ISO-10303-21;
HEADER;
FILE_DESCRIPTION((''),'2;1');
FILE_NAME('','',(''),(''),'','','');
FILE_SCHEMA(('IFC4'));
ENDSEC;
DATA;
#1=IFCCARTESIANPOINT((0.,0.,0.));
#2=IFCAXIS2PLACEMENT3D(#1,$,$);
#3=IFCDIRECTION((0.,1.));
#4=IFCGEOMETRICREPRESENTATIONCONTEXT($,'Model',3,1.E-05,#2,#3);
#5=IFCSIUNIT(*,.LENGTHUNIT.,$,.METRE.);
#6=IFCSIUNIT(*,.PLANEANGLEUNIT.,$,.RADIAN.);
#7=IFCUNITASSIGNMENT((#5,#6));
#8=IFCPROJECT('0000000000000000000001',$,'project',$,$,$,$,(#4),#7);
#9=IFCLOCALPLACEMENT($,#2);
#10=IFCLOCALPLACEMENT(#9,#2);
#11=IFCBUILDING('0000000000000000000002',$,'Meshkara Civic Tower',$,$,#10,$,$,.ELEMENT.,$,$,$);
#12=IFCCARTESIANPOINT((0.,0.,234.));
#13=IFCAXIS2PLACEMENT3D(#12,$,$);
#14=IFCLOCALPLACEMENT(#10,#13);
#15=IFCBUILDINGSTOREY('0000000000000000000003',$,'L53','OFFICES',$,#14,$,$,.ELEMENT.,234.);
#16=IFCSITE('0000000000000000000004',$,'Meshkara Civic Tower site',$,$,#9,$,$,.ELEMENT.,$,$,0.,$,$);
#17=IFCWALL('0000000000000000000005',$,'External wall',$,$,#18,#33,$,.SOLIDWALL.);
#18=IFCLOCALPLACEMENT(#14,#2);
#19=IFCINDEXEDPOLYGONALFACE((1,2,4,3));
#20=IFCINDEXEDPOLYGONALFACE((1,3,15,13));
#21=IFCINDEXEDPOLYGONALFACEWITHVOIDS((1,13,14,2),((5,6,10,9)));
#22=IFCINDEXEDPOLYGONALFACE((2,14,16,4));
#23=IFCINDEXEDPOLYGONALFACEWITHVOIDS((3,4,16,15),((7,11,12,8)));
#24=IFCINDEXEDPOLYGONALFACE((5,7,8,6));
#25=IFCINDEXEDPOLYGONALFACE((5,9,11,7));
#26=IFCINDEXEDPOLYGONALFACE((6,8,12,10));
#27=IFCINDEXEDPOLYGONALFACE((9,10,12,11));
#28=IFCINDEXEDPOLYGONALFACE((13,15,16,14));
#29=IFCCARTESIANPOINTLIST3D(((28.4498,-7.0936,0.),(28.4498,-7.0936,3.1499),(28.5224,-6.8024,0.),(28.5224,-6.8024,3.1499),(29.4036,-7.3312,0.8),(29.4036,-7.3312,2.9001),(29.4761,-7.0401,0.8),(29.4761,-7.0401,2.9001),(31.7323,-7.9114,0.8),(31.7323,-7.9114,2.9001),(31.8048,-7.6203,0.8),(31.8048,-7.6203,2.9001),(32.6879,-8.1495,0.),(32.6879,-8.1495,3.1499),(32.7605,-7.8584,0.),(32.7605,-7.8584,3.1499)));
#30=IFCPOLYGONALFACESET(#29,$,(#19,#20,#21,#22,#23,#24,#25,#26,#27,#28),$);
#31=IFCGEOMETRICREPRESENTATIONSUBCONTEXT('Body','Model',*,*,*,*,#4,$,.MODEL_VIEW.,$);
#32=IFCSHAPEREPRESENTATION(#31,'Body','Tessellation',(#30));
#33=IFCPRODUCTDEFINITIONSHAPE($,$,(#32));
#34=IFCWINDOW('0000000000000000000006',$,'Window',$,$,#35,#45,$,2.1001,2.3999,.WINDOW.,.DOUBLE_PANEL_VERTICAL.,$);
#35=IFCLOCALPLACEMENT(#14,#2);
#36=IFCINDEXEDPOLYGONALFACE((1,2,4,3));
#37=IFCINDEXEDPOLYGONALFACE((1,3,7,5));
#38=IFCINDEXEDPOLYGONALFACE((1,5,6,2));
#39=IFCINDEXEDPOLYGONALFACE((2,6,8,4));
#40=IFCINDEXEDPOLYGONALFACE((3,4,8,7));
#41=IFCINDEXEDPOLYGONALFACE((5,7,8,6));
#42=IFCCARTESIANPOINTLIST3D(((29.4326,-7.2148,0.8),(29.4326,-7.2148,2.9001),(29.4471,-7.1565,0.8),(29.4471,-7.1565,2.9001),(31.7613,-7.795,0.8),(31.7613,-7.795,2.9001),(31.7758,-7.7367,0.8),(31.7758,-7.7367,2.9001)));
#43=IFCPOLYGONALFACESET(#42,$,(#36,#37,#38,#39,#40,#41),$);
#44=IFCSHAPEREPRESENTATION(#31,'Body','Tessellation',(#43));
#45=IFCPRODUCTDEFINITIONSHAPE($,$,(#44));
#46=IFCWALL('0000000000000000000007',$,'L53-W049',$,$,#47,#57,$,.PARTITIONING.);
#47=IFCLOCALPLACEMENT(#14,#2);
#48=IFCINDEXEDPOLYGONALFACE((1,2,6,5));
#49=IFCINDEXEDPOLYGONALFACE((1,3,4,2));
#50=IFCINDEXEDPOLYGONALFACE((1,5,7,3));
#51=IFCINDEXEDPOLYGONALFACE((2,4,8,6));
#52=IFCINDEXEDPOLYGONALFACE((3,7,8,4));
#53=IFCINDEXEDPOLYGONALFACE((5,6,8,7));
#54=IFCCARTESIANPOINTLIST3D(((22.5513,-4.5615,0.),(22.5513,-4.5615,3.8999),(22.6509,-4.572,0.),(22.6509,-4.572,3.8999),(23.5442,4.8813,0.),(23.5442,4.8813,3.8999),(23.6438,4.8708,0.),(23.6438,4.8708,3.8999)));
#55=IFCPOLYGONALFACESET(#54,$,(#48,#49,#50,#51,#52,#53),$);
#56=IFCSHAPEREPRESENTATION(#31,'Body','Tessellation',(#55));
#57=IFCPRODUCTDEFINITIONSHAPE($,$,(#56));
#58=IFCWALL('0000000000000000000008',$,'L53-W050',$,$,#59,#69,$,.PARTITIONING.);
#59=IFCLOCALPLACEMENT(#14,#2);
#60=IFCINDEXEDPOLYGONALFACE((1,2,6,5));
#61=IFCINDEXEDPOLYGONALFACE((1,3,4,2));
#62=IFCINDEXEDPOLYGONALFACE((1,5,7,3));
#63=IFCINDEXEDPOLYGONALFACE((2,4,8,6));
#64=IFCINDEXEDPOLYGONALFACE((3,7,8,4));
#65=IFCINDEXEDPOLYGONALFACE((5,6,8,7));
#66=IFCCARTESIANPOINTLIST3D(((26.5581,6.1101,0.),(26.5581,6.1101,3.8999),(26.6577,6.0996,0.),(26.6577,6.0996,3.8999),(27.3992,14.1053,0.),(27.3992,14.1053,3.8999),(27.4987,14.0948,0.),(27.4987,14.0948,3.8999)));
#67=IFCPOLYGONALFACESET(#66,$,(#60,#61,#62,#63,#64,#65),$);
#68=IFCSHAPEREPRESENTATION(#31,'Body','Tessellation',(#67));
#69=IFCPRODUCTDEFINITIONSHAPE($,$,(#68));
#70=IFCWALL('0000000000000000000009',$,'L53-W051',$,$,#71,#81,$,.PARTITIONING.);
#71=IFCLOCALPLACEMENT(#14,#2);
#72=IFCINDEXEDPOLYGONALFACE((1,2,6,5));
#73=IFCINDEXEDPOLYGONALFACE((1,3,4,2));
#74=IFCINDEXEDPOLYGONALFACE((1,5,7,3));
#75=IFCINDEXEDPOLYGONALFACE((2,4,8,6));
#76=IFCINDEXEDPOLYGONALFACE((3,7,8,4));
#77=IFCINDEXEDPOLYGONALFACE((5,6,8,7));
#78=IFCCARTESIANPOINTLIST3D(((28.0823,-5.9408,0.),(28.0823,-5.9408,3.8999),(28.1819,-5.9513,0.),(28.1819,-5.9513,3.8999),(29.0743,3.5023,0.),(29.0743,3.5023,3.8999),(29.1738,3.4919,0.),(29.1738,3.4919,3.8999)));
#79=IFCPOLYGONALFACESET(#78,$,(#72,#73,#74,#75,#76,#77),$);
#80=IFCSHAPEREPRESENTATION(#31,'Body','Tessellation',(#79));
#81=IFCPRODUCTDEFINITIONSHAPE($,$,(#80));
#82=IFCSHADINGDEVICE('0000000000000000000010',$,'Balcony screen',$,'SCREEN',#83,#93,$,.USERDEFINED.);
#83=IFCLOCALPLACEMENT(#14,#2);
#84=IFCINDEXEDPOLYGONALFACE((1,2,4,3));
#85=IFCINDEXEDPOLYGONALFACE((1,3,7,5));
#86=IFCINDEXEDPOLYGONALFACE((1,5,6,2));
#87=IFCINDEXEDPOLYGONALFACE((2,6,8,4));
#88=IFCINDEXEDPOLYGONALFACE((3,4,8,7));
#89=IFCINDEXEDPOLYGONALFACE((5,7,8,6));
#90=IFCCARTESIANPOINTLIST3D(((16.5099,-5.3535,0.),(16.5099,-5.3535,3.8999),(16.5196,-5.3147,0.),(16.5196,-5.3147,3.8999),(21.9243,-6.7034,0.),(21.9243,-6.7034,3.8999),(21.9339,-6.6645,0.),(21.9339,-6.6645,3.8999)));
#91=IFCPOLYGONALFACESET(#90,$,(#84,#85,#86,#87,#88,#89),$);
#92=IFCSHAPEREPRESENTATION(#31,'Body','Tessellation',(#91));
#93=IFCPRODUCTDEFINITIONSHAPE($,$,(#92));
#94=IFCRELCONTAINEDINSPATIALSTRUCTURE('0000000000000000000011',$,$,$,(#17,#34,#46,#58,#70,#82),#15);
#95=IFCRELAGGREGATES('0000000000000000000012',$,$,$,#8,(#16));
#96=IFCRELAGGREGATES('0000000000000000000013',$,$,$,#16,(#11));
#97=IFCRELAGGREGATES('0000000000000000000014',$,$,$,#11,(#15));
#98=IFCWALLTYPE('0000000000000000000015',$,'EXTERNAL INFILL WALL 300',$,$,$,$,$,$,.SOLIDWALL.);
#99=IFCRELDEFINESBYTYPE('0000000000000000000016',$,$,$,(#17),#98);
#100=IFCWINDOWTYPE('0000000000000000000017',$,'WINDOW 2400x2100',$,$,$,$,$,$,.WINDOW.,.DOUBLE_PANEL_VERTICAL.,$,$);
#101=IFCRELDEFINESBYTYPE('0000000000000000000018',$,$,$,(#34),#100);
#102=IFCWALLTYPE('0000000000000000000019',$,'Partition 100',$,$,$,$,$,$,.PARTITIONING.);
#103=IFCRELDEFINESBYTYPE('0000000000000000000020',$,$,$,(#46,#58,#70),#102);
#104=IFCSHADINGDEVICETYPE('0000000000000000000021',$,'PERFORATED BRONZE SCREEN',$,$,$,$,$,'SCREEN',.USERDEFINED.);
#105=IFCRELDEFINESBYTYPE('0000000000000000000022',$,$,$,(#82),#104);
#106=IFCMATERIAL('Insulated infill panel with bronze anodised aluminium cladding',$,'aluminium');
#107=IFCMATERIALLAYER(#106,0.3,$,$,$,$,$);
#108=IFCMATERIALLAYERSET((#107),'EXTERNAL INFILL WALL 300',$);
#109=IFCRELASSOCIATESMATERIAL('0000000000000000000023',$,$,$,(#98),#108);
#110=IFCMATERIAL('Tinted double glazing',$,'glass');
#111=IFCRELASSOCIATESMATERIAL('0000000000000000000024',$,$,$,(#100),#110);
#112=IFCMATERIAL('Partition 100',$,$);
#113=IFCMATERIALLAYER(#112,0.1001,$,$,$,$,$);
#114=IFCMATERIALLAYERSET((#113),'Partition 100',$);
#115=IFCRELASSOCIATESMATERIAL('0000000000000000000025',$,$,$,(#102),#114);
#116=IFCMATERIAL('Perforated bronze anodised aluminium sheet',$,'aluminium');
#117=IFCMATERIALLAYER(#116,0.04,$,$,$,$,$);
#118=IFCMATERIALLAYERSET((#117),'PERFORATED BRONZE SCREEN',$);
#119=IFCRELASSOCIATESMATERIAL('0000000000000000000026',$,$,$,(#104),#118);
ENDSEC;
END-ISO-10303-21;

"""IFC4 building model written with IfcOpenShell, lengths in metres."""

from ifc_helpers import new_model, si_unit, direction, frame, frame_2d, origin, origin_2d, place, context, subcontext, project, spatial, rectangle, extrude, material, layer, layer_set, type_object, element, fill, save


model = new_model("IFC4")

# Units and contexts
model_context = context("Model", 3, precision=1e-05, world=origin(), true_north=direction((0.0, 1.0)))
body_context = subcontext(model_context, "Body", "Model", "MODEL_VIEW")
ifc_project = project(units=[si_unit("LENGTHUNIT", "METRE"), si_unit("PLANEANGLEUNIT", "RADIAN")], contexts=[model_context])

# Site, building, storey
site_placement = place(None, origin())
site = spatial("IfcSite", under=ifc_project, at=site_placement, Name="Meshkara Civic Tower site", CompositionType="ELEMENT", RefElevation=0.0)
building_placement = place(site_placement, origin())
building = spatial("IfcBuilding", under=site, at=building_placement, Name="Meshkara Civic Tower", CompositionType="ELEMENT")
storey_placement = place(building_placement, frame((0.0, 0.0, 234.0)))
storey = spatial("IfcBuildingStorey", under=building, at=storey_placement, Name="L53", Description="OFFICES", CompositionType="ELEMENT", Elevation=234.0)

# Wall, opening, window
ifc_material_1 = material(Name="Insulated infill panel with bronze anodised aluminium cladding", Category="aluminium")
ifc_layer_1 = layer(ifc_material_1, 0.3)
ifc_layer_set_1 = layer_set([ifc_layer_1], Name="EXTERNAL INFILL WALL 300")
wall_type_1 = type_object("IfcWallType", Name="EXTERNAL INFILL WALL 300", PredefinedType="SOLIDWALL", material=ifc_layer_set_1)
ifc_material_2 = material(Name="Tinted double glazing", Category="glass")
window_type = type_object("IfcWindowType", Name="WINDOW 2400x2100", PartitioningType="DOUBLE_PANEL_VERTICAL", PredefinedType="WINDOW", material=ifc_material_2)
wall_1_placement = place(storey_placement, frame((28.4861, -6.948, 0.0), z_axis=(0.0, 0.0, 1.0), x_axis=(0.970336, -0.24176, 0.0)))
wall_1 = element("IfcWall", 1, at=wall_1_placement, inside=storey, type_object=wall_type_1, Name="External wall", PredefinedType="SOLIDWALL", context=body_context, shape_type="SweptSolid", body=[
    extrude(rectangle(XDim=4.3677, YDim=0.3, at=frame_2d((2.1838, 0.0))), origin(), (0.0, 0.0, 1.0), 3.1499),
])
opening_1_placement = place(wall_1_placement, frame((0.9829, 0.0, 0.8)))
opening_1 = element("IfcOpeningElement", 2, at=opening_1_placement, cuts=wall_1, PredefinedType="OPENING", context=body_context, shape_type="SweptSolid", body=[
    extrude(rectangle(XDim=2.3999, YDim=2.1001, at=frame_2d((1.2, 1.05))), frame((0.0, 0.1599, 0.0), z_axis=(0.0, -1.0, 0.0), x_axis=(1.0, 0.0, 0.0)), (0.0, 0.0, 1.0), 0.3201),
])
window_1_placement = place(opening_1_placement, origin())
window_1 = element("IfcWindow", 3, at=window_1_placement, inside=storey, type_object=window_type, Name="Window", OverallHeight=2.1001, OverallWidth=2.3999, PartitioningType="DOUBLE_PANEL_VERTICAL", PredefinedType="WINDOW", context=body_context, shape_type="SweptSolid", body=[
    extrude(rectangle(XDim=2.3999, YDim=2.1001, at=frame_2d((1.2, 1.05))), frame((0.0, 0.03, 0.0), z_axis=(0.0, -1.0, 0.0), x_axis=(1.0, 0.0, 0.0)), (0.0, 0.0, 1.0), 0.0601),
])
fill(opening_1, window_1)

# Walls
ifc_material_3 = material(Name="Partition 100")
ifc_layer_2 = layer(ifc_material_3, 0.1001)
ifc_layer_set_2 = layer_set([ifc_layer_2], Name="Partition 100")
wall_type_2 = type_object("IfcWallType", Name="Partition 100", PredefinedType="PARTITIONING", material=ifc_layer_set_2)
wall_2_placement = place(storey_placement, frame((22.6011, -4.5669, 0.0), z_axis=(0.0, 0.0, 1.0), x_axis=(0.104574, 0.994517, 0.0)))
element("IfcWall", 4, at=wall_2_placement, inside=storey, type_object=wall_type_2, Name="L53-W049", PredefinedType="PARTITIONING", context=body_context, shape_type="SweptSolid", body=[
    extrude(rectangle(XDim=9.4949, YDim=0.1001, at=frame_2d((4.7476, 0.0))), origin(), (0.0, 0.0, 1.0), 3.8999),
])
wall_3_placement = place(storey_placement, frame((26.6079, 6.105, 0.0), z_axis=(0.0, 0.0, 1.0), x_axis=(0.10462, 0.994512, 0.0)))
element("IfcWall", 5, at=wall_3_placement, inside=storey, type_object=wall_type_2, Name="L53-W050", PredefinedType="PARTITIONING", context=body_context, shape_type="SweptSolid", body=[
    extrude(rectangle(XDim=8.0393, YDim=0.1001, at=frame_2d((4.0195, 0.0))), origin(), (0.0, 0.0, 1.0), 3.8999),
])
wall_4_placement = place(storey_placement, frame((28.1321, -5.946, 0.0), z_axis=(0.0, 0.0, 1.0), x_axis=(0.104469, 0.994528, 0.0)))
element("IfcWall", 6, at=wall_4_placement, inside=storey, type_object=wall_type_2, Name="L53-W051", PredefinedType="PARTITIONING", context=body_context, shape_type="SweptSolid", body=[
    extrude(rectangle(XDim=9.4951, YDim=0.1001, at=frame_2d((4.7476, 0.0))), origin(), (0.0, 0.0, 1.0), 3.8999),
])

# Shading device
ifc_material_4 = material(Name="Perforated bronze anodised aluminium sheet", Category="aluminium")
ifc_layer_3 = layer(ifc_material_4, 0.04)
ifc_layer_set_3 = layer_set([ifc_layer_3], Name="PERFORATED BRONZE SCREEN")
shading_device_type = type_object("IfcShadingDeviceType", Name="PERFORATED BRONZE SCREEN", ElementType="SCREEN", PredefinedType="USERDEFINED", material=ifc_layer_set_3)
shading_device_placement = place(storey_placement, frame((19.2219, -6.009, 0.0), z_axis=(0.0, 0.0, 1.0), x_axis=(0.9703, -0.241905, 0.0)))
element("IfcShadingDevice", 7, at=shading_device_placement, inside=storey, type_object=shading_device_type, Name="Balcony screen", ObjectType="SCREEN", PredefinedType="USERDEFINED", context=body_context, shape_type="SweptSolid", body=[
    extrude(rectangle(XDim=5.5801, YDim=0.04, at=origin_2d()), origin(), (0.0, 0.0, 1.0), 3.8999),
])

save(model, "model.ifc")
